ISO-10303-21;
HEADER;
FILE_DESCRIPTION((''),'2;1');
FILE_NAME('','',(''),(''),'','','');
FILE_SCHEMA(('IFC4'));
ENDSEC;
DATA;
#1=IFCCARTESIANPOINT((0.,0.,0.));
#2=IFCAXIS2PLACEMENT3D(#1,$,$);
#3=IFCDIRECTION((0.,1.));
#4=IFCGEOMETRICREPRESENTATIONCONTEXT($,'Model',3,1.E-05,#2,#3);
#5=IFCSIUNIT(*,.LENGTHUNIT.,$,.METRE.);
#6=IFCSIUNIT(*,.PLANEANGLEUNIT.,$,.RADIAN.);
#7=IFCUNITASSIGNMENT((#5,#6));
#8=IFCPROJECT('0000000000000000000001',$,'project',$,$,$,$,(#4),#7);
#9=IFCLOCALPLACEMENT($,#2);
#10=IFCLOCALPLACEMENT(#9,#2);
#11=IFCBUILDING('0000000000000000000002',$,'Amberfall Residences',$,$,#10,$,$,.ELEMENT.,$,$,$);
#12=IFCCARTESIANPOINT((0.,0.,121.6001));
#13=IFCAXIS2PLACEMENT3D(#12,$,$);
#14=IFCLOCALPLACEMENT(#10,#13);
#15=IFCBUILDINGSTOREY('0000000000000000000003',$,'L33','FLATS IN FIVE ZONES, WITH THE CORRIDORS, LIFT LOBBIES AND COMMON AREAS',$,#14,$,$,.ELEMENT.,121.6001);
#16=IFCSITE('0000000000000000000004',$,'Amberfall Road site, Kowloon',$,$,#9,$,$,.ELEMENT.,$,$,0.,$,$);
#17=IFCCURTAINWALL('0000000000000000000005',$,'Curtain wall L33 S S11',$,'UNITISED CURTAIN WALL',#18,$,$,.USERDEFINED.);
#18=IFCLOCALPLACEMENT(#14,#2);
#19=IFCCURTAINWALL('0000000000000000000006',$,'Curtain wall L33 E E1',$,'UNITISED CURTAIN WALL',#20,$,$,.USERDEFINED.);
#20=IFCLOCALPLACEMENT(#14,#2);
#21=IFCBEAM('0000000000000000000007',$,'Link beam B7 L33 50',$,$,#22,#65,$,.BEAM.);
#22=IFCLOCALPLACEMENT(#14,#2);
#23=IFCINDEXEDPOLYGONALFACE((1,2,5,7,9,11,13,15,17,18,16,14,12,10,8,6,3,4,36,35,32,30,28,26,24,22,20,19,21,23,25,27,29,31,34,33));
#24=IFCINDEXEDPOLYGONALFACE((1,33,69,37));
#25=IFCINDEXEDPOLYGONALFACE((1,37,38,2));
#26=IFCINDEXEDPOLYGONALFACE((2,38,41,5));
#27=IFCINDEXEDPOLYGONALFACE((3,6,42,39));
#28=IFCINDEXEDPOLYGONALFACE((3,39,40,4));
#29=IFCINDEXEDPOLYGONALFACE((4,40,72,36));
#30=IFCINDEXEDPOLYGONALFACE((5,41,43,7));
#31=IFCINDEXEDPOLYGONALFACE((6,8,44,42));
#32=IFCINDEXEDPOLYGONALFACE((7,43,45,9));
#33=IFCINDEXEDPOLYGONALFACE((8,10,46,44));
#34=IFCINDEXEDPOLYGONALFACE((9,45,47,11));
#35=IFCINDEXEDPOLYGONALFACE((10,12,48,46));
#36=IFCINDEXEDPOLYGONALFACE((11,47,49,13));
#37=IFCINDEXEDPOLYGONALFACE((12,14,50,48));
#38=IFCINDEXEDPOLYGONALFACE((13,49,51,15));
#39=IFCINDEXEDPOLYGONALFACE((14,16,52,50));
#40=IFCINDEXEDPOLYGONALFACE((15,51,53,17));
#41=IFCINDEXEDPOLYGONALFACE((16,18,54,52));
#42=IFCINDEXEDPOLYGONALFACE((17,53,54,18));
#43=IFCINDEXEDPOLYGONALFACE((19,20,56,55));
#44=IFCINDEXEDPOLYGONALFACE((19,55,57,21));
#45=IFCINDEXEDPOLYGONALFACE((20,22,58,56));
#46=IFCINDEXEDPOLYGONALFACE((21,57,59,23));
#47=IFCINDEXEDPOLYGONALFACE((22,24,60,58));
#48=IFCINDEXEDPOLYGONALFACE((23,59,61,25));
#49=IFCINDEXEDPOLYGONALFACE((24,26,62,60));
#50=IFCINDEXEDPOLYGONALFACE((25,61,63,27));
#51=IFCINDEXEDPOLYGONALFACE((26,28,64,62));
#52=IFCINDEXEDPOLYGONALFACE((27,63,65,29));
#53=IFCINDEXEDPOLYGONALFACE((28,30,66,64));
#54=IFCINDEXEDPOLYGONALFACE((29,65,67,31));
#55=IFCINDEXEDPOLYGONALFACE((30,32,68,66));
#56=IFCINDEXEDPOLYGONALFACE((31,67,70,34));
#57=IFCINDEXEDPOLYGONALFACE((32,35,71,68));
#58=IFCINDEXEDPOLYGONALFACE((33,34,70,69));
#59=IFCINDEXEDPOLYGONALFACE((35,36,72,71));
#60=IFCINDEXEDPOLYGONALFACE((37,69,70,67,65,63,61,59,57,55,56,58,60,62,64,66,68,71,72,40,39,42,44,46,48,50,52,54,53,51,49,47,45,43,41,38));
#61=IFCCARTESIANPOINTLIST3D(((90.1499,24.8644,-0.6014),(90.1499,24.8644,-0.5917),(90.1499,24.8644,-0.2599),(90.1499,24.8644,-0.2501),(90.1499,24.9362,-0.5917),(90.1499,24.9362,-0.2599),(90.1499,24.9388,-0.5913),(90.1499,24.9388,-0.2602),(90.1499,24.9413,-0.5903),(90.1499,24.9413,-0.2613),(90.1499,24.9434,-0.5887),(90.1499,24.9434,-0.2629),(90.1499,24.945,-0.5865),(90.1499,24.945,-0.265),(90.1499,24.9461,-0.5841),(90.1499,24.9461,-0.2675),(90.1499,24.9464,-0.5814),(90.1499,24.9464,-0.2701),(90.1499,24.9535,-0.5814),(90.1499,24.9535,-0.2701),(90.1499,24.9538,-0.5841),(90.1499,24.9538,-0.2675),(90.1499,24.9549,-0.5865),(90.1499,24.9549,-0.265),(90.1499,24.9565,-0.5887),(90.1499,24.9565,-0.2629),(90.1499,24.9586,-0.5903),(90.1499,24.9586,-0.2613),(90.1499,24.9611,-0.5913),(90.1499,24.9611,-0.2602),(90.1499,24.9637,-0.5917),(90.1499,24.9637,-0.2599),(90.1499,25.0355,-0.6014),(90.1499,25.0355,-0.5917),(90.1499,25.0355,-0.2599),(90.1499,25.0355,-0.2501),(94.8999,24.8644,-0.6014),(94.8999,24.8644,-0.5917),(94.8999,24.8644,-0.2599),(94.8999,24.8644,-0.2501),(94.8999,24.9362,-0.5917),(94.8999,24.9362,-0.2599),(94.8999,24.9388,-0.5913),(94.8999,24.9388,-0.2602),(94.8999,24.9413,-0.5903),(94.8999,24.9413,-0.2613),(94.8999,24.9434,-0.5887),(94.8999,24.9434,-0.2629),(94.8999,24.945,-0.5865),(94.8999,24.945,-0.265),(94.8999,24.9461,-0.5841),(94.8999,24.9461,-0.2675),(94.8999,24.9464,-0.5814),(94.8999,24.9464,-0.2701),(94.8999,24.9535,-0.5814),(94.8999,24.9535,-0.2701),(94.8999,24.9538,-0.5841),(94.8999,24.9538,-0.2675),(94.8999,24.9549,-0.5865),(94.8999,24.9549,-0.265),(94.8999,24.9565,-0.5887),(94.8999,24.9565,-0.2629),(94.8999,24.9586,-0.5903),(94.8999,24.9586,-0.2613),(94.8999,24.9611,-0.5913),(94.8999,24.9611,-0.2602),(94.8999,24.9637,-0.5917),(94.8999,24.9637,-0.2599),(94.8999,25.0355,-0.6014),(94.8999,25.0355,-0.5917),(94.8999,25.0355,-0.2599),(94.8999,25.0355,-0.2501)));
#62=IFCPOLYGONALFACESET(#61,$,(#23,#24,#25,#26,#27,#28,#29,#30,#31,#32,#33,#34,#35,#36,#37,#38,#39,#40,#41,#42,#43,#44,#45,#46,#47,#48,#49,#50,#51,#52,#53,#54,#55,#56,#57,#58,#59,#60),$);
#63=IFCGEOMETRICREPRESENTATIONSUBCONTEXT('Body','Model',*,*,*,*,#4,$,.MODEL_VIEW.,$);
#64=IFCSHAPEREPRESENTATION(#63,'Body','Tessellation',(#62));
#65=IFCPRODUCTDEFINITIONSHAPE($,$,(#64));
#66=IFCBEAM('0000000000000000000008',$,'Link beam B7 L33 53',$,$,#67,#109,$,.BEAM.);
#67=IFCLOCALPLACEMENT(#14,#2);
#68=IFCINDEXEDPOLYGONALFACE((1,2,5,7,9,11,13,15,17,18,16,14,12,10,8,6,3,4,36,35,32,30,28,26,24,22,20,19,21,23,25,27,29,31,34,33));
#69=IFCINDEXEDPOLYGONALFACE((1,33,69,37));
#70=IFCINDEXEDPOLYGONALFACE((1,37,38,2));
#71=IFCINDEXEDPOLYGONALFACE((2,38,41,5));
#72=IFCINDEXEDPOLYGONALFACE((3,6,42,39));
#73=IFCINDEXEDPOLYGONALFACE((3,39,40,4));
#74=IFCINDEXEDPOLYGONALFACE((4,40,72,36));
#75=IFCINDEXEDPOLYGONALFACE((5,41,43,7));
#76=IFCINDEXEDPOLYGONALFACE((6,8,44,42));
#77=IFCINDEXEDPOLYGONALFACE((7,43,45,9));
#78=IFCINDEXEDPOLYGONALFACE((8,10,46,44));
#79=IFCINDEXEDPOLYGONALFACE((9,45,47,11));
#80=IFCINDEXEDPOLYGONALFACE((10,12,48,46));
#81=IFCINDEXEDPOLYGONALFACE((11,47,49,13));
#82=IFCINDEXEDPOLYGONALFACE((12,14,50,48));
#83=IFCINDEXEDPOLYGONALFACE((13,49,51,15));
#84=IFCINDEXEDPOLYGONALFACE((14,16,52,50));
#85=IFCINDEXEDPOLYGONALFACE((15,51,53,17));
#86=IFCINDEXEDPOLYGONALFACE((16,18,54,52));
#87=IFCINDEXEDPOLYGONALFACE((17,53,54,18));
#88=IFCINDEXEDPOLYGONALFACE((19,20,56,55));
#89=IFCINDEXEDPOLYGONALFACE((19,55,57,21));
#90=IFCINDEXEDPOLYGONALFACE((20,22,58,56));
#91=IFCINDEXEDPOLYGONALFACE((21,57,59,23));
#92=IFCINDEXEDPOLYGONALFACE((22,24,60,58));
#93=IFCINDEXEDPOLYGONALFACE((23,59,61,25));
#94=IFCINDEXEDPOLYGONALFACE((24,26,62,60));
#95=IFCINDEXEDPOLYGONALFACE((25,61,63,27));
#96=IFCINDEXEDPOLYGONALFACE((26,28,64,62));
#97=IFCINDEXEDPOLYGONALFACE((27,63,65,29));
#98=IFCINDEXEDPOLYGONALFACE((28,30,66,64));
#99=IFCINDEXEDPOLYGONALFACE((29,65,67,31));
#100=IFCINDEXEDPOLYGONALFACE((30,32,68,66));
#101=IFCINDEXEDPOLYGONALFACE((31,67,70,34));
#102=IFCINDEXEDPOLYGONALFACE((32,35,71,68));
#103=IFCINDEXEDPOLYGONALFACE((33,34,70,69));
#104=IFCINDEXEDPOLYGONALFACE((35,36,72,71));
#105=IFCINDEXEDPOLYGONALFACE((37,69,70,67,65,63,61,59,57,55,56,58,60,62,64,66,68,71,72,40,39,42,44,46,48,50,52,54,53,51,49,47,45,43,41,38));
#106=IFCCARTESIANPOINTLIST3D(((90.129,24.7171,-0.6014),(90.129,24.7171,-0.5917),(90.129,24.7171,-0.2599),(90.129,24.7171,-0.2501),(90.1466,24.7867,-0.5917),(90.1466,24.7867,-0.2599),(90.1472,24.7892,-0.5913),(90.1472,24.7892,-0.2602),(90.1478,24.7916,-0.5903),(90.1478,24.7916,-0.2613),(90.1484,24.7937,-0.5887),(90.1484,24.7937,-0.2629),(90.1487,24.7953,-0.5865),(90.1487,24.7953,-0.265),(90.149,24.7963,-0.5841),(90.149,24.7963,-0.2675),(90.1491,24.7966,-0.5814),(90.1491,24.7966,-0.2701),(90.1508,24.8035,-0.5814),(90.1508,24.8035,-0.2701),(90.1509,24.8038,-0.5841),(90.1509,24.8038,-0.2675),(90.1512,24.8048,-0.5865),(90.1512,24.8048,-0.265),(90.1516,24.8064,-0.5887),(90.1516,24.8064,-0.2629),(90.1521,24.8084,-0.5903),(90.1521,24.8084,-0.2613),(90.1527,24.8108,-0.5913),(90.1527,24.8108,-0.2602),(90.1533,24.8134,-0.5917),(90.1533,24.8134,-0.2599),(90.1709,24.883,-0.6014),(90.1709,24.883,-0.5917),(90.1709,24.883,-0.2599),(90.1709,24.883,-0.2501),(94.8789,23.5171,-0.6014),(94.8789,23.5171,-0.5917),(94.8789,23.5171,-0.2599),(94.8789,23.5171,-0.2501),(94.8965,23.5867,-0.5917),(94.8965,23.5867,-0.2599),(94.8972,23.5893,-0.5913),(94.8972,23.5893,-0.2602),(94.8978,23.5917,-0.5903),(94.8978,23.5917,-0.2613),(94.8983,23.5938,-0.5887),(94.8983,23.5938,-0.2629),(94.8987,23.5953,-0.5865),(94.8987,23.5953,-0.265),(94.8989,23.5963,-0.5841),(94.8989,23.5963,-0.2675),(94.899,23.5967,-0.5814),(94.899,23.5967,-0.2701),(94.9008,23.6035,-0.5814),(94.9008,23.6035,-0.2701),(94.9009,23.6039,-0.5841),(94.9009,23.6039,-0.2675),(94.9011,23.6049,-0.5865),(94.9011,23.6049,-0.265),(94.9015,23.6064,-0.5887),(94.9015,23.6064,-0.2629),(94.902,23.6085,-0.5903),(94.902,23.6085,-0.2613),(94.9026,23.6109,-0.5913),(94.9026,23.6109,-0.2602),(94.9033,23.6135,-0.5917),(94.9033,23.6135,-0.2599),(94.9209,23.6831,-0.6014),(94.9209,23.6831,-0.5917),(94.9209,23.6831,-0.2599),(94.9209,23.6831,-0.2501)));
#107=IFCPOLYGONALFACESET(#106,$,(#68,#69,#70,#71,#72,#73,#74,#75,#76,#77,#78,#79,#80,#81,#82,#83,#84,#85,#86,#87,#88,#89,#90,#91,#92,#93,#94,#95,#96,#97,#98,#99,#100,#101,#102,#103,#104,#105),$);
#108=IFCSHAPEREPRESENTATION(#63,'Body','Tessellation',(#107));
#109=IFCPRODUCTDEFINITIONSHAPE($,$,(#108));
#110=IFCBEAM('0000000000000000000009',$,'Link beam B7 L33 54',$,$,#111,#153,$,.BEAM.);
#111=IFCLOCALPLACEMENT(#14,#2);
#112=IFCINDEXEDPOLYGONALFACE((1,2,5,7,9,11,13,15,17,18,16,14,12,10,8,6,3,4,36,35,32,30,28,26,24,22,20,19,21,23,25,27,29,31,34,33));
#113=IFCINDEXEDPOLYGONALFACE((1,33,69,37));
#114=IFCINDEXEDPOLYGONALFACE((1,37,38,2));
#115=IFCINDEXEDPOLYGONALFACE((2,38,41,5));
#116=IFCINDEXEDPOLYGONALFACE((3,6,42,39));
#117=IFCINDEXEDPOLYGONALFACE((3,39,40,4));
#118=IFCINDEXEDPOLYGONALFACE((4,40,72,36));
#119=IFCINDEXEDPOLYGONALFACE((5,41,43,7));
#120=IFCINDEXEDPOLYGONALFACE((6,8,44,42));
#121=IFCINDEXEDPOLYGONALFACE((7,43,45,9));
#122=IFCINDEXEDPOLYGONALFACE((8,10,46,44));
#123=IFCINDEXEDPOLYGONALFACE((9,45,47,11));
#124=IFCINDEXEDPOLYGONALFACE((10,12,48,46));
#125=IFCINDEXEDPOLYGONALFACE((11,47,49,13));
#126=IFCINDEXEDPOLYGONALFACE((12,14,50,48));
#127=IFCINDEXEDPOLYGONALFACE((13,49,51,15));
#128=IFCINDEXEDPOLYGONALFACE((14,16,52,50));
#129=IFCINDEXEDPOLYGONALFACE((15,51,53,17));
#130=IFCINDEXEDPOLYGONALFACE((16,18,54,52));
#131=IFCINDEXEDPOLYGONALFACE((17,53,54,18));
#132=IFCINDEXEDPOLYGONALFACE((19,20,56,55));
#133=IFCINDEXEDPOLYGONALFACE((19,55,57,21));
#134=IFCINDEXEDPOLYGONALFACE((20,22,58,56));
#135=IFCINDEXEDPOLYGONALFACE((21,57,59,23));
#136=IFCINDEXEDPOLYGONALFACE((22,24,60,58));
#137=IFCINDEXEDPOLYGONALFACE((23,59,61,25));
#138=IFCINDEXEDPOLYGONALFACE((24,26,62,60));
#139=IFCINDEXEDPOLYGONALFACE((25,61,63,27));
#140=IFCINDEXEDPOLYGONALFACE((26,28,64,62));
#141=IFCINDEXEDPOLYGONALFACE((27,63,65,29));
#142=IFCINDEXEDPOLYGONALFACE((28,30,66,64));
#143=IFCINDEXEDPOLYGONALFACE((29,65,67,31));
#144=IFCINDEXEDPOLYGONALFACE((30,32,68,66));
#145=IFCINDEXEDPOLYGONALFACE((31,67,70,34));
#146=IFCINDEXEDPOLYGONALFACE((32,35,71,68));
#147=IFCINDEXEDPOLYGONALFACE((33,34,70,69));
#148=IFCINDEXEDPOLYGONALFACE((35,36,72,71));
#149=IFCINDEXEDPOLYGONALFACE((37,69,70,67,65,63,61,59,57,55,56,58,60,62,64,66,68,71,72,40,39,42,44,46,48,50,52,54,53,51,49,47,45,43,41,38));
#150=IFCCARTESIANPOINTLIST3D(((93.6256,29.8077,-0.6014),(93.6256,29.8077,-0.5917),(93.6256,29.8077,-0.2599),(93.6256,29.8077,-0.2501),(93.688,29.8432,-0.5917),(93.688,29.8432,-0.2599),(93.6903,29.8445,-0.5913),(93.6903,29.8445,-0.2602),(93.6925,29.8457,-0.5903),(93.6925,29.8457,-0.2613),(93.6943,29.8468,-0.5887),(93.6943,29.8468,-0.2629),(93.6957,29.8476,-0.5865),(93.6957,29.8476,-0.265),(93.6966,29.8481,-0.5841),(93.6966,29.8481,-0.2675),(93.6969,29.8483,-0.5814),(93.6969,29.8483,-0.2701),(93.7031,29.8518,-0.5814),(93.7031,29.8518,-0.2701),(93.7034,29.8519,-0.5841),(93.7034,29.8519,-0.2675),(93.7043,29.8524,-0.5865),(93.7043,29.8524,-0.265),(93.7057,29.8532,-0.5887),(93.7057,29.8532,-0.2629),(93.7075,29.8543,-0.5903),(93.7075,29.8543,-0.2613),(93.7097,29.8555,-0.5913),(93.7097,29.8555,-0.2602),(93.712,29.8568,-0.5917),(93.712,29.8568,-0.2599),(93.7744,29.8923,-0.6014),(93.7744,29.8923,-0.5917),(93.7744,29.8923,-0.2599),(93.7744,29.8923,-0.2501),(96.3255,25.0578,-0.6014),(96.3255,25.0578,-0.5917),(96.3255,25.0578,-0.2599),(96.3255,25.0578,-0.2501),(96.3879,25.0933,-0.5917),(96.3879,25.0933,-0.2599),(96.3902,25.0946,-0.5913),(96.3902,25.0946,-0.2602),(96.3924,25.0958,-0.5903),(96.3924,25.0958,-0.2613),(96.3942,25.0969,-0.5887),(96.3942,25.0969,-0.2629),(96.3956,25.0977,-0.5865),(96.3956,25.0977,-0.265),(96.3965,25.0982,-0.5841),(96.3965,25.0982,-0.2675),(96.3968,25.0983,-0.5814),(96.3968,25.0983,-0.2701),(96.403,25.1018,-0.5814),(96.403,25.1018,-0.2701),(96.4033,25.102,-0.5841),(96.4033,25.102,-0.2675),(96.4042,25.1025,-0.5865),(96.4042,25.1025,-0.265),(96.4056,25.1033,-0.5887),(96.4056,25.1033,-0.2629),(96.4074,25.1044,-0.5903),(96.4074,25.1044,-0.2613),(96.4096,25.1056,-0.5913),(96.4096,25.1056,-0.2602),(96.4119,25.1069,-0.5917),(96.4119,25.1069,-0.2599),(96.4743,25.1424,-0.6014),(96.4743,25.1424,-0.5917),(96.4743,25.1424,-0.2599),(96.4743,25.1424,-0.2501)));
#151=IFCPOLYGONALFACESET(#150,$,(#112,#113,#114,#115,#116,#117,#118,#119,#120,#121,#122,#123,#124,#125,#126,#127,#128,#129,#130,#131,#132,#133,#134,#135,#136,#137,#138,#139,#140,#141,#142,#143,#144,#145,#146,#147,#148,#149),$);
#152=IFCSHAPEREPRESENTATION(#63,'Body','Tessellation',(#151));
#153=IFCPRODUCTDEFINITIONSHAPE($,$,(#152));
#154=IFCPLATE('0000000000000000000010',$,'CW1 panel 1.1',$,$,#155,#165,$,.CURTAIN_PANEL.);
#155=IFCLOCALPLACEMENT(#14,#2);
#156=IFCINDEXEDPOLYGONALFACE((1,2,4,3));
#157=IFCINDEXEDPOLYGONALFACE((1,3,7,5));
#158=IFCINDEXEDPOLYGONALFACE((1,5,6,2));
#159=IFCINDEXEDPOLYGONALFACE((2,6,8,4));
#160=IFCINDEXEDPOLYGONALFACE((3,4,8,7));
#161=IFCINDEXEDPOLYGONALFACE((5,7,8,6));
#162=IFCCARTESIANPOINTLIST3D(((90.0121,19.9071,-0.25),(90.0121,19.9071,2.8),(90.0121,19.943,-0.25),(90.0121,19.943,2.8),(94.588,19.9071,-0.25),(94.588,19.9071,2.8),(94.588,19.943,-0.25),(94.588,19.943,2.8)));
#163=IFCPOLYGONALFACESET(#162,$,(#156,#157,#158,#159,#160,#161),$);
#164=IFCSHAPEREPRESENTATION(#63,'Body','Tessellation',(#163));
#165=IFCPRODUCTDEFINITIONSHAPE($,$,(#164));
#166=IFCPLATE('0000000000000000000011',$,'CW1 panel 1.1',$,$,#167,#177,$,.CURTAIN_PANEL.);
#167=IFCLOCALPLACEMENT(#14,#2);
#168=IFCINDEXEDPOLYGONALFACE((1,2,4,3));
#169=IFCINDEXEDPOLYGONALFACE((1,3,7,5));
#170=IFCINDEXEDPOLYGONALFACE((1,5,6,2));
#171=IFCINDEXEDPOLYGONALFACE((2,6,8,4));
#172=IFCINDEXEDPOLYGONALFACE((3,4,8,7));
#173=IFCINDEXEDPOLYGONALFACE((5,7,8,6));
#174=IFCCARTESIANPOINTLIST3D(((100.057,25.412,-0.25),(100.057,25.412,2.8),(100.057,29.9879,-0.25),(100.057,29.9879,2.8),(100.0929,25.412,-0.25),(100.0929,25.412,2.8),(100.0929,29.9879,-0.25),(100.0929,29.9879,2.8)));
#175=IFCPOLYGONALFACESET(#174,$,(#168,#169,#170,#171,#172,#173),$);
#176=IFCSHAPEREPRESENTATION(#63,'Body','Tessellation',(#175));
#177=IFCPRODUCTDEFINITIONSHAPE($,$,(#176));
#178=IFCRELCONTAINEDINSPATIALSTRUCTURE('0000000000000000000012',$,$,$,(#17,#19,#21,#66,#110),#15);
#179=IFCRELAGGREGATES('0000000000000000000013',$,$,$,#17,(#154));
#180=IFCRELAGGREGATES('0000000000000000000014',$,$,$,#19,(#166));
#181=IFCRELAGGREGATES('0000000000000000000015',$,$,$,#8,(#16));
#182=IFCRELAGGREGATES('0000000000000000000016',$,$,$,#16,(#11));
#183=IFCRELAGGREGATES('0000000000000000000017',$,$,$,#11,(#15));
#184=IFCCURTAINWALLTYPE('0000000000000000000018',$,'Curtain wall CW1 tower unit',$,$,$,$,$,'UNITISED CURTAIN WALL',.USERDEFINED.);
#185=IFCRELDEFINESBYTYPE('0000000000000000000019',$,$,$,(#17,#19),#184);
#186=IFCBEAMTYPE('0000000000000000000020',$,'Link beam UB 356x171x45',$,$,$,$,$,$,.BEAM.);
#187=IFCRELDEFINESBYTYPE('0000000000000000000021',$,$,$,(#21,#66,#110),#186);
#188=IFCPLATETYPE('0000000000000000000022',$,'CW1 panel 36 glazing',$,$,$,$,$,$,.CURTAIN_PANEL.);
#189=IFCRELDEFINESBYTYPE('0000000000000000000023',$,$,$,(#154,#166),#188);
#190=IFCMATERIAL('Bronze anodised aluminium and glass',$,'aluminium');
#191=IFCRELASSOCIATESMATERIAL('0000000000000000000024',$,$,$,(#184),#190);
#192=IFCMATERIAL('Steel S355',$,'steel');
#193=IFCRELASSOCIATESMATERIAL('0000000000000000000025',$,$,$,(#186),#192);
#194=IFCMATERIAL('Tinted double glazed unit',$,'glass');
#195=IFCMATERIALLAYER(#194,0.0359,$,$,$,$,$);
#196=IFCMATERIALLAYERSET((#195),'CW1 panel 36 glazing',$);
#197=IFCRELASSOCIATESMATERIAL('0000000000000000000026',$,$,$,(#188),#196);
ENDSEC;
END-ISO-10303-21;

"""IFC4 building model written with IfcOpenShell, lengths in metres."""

from ifc_helpers import new_model, si_unit, direction, frame, origin, origin_2d, place, context, subcontext, project, spatial, rectangle, i_section, extrude, material, layer, layer_set, material_profile, profile_set, type_object, element, aggregate, save


model = new_model("IFC4")

# Units and contexts
model_context = context("Model", 3, precision=1e-05, world=origin(), true_north=direction((0.0, 1.0)))
body_context = subcontext(model_context, "Body", "Model", "MODEL_VIEW")
ifc_project = project(units=[si_unit("LENGTHUNIT", "METRE"), si_unit("PLANEANGLEUNIT", "RADIAN")], contexts=[model_context])

# Site, building, storey
site_placement = place(None, origin())
site = spatial("IfcSite", under=ifc_project, at=site_placement, Name="Amberfall Road site, Kowloon", CompositionType="ELEMENT", RefElevation=0.0)
building_placement = place(site_placement, origin())
building = spatial("IfcBuilding", under=site, at=building_placement, Name="Amberfall Residences", CompositionType="ELEMENT")
storey_placement = place(building_placement, frame((0.0, 0.0, 121.6001)))
storey = spatial("IfcBuildingStorey", under=building, at=storey_placement, Name="L33", Description="FLATS IN FIVE ZONES, WITH THE CORRIDORS, LIFT LOBBIES AND COMMON AREAS", CompositionType="ELEMENT", Elevation=121.6001)

# Curtain walls
ifc_material_1 = material(Name="Bronze anodised aluminium and glass", Category="aluminium")
curtain_wall_type = type_object("IfcCurtainWallType", Name="Curtain wall CW1 tower unit", ElementType="UNITISED CURTAIN WALL", PredefinedType="USERDEFINED", material=ifc_material_1)
curtain_wall_1_placement = place(storey_placement, origin())
curtain_wall_1 = element("IfcCurtainWall", 1, at=curtain_wall_1_placement, inside=storey, type_object=curtain_wall_type, Name="Curtain wall L33 S S11", ObjectType="UNITISED CURTAIN WALL", PredefinedType="USERDEFINED")
curtain_wall_2_placement = place(storey_placement, origin())
curtain_wall_2 = element("IfcCurtainWall", 2, at=curtain_wall_2_placement, inside=storey, type_object=curtain_wall_type, Name="Curtain wall L33 E E1", ObjectType="UNITISED CURTAIN WALL", PredefinedType="USERDEFINED")

# Beams
ifc_material_2 = material(Name="Steel S355", Category="steel")
ifc_material_profile_1 = material_profile(ifc_material_2, i_section(OverallWidth=0.1711, OverallDepth=0.3513, WebThickness=0.0071, FlangeThickness=0.0098, FilletRadius=0.0103, at=origin_2d()), Name="UB 356x171x45")
ifc_profile_set_1 = profile_set([ifc_material_profile_1], Name="Steel S355")
beam_type_1 = type_object("IfcBeamType", Name="Link beam UB 356x171x45", PredefinedType="BEAM", material=ifc_profile_set_1)
beam_1_placement = place(storey_placement, frame((90.1499, 24.95, -0.4258), z_axis=(1.0, 0.0, 0.0), x_axis=(0.0, 1.0, 0.0)))
element("IfcBeam", 3, at=beam_1_placement, inside=storey, type_object=beam_type_1, Name="Link beam B7 L33 50", PredefinedType="BEAM", context=body_context, shape_type="SweptSolid", body=[
    extrude(i_section(OverallWidth=0.1711, OverallDepth=0.3513, WebThickness=0.0071, FlangeThickness=0.0098, FilletRadius=0.0103, at=origin_2d()), origin(), (0.0, 0.0, 1.0), 4.75),
])
beam_2_placement = place(storey_placement, frame((94.8999, 23.6001, -0.4258), z_axis=(-0.969542, 0.244927, 0.0), x_axis=(-0.244927, -0.969542, 0.0)))
element("IfcBeam", 4, at=beam_2_placement, inside=storey, type_object=beam_type_1, Name="Link beam B7 L33 53", PredefinedType="BEAM", context=body_context, shape_type="SweptSolid", body=[
    extrude(i_section(OverallWidth=0.1711, OverallDepth=0.3513, WebThickness=0.0071, FlangeThickness=0.0098, FilletRadius=0.0103, at=origin_2d()), origin(), (0.0, 0.0, 1.0), 4.8992),
])
beam_3_placement = place(storey_placement, frame((96.3999, 25.1001, -0.4258), z_axis=(-0.49416, 0.869371, 0.0), x_axis=(-0.869371, -0.49416, 0.0)))
element("IfcBeam", 5, at=beam_3_placement, inside=storey, type_object=beam_type_1, Name="Link beam B7 L33 54", PredefinedType="BEAM", context=body_context, shape_type="SweptSolid", body=[
    extrude(i_section(OverallWidth=0.1711, OverallDepth=0.3513, WebThickness=0.0071, FlangeThickness=0.0098, FilletRadius=0.0103, at=origin_2d()), origin(), (0.0, 0.0, 1.0), 5.4636),
])

# Plates
ifc_material_3 = material(Name="Tinted double glazed unit", Category="glass")
ifc_layer_1 = layer(ifc_material_3, 0.0359)
ifc_layer_set_1 = layer_set([ifc_layer_1], Name="CW1 panel 36 glazing")
plate_type = type_object("IfcPlateType", Name="CW1 panel 36 glazing", PredefinedType="CURTAIN_PANEL", material=ifc_layer_set_1)
plate_1_placement = place(storey_placement, frame((92.3, 19.925, -0.25), z_axis=(0.0, 0.0, 1.0), x_axis=(1.0, 0.0, 0.0)))
plate_1 = element("IfcPlate", 6, at=plate_1_placement, type_object=plate_type, Name="CW1 panel 1.1", PredefinedType="CURTAIN_PANEL", context=body_context, shape_type="SweptSolid", body=[
    extrude(rectangle(XDim=4.5759, YDim=0.0359, at=origin_2d()), origin(), (0.0, 0.0, 1.0), 3.05),
])
aggregate(curtain_wall_1, [plate_1])
plate_2_placement = place(storey_placement, frame((100.075, 27.7, -0.25), z_axis=(0.0, 0.0, 1.0), x_axis=(0.0, 1.0, 0.0)))
plate_2 = element("IfcPlate", 7, at=plate_2_placement, type_object=plate_type, Name="CW1 panel 1.1", PredefinedType="CURTAIN_PANEL", context=body_context, shape_type="SweptSolid", body=[
    extrude(rectangle(XDim=4.5759, YDim=0.0359, at=origin_2d()), origin(), (0.0, 0.0, 1.0), 3.05),
])
aggregate(curtain_wall_2, [plate_2])

save(model, "model.ifc")
